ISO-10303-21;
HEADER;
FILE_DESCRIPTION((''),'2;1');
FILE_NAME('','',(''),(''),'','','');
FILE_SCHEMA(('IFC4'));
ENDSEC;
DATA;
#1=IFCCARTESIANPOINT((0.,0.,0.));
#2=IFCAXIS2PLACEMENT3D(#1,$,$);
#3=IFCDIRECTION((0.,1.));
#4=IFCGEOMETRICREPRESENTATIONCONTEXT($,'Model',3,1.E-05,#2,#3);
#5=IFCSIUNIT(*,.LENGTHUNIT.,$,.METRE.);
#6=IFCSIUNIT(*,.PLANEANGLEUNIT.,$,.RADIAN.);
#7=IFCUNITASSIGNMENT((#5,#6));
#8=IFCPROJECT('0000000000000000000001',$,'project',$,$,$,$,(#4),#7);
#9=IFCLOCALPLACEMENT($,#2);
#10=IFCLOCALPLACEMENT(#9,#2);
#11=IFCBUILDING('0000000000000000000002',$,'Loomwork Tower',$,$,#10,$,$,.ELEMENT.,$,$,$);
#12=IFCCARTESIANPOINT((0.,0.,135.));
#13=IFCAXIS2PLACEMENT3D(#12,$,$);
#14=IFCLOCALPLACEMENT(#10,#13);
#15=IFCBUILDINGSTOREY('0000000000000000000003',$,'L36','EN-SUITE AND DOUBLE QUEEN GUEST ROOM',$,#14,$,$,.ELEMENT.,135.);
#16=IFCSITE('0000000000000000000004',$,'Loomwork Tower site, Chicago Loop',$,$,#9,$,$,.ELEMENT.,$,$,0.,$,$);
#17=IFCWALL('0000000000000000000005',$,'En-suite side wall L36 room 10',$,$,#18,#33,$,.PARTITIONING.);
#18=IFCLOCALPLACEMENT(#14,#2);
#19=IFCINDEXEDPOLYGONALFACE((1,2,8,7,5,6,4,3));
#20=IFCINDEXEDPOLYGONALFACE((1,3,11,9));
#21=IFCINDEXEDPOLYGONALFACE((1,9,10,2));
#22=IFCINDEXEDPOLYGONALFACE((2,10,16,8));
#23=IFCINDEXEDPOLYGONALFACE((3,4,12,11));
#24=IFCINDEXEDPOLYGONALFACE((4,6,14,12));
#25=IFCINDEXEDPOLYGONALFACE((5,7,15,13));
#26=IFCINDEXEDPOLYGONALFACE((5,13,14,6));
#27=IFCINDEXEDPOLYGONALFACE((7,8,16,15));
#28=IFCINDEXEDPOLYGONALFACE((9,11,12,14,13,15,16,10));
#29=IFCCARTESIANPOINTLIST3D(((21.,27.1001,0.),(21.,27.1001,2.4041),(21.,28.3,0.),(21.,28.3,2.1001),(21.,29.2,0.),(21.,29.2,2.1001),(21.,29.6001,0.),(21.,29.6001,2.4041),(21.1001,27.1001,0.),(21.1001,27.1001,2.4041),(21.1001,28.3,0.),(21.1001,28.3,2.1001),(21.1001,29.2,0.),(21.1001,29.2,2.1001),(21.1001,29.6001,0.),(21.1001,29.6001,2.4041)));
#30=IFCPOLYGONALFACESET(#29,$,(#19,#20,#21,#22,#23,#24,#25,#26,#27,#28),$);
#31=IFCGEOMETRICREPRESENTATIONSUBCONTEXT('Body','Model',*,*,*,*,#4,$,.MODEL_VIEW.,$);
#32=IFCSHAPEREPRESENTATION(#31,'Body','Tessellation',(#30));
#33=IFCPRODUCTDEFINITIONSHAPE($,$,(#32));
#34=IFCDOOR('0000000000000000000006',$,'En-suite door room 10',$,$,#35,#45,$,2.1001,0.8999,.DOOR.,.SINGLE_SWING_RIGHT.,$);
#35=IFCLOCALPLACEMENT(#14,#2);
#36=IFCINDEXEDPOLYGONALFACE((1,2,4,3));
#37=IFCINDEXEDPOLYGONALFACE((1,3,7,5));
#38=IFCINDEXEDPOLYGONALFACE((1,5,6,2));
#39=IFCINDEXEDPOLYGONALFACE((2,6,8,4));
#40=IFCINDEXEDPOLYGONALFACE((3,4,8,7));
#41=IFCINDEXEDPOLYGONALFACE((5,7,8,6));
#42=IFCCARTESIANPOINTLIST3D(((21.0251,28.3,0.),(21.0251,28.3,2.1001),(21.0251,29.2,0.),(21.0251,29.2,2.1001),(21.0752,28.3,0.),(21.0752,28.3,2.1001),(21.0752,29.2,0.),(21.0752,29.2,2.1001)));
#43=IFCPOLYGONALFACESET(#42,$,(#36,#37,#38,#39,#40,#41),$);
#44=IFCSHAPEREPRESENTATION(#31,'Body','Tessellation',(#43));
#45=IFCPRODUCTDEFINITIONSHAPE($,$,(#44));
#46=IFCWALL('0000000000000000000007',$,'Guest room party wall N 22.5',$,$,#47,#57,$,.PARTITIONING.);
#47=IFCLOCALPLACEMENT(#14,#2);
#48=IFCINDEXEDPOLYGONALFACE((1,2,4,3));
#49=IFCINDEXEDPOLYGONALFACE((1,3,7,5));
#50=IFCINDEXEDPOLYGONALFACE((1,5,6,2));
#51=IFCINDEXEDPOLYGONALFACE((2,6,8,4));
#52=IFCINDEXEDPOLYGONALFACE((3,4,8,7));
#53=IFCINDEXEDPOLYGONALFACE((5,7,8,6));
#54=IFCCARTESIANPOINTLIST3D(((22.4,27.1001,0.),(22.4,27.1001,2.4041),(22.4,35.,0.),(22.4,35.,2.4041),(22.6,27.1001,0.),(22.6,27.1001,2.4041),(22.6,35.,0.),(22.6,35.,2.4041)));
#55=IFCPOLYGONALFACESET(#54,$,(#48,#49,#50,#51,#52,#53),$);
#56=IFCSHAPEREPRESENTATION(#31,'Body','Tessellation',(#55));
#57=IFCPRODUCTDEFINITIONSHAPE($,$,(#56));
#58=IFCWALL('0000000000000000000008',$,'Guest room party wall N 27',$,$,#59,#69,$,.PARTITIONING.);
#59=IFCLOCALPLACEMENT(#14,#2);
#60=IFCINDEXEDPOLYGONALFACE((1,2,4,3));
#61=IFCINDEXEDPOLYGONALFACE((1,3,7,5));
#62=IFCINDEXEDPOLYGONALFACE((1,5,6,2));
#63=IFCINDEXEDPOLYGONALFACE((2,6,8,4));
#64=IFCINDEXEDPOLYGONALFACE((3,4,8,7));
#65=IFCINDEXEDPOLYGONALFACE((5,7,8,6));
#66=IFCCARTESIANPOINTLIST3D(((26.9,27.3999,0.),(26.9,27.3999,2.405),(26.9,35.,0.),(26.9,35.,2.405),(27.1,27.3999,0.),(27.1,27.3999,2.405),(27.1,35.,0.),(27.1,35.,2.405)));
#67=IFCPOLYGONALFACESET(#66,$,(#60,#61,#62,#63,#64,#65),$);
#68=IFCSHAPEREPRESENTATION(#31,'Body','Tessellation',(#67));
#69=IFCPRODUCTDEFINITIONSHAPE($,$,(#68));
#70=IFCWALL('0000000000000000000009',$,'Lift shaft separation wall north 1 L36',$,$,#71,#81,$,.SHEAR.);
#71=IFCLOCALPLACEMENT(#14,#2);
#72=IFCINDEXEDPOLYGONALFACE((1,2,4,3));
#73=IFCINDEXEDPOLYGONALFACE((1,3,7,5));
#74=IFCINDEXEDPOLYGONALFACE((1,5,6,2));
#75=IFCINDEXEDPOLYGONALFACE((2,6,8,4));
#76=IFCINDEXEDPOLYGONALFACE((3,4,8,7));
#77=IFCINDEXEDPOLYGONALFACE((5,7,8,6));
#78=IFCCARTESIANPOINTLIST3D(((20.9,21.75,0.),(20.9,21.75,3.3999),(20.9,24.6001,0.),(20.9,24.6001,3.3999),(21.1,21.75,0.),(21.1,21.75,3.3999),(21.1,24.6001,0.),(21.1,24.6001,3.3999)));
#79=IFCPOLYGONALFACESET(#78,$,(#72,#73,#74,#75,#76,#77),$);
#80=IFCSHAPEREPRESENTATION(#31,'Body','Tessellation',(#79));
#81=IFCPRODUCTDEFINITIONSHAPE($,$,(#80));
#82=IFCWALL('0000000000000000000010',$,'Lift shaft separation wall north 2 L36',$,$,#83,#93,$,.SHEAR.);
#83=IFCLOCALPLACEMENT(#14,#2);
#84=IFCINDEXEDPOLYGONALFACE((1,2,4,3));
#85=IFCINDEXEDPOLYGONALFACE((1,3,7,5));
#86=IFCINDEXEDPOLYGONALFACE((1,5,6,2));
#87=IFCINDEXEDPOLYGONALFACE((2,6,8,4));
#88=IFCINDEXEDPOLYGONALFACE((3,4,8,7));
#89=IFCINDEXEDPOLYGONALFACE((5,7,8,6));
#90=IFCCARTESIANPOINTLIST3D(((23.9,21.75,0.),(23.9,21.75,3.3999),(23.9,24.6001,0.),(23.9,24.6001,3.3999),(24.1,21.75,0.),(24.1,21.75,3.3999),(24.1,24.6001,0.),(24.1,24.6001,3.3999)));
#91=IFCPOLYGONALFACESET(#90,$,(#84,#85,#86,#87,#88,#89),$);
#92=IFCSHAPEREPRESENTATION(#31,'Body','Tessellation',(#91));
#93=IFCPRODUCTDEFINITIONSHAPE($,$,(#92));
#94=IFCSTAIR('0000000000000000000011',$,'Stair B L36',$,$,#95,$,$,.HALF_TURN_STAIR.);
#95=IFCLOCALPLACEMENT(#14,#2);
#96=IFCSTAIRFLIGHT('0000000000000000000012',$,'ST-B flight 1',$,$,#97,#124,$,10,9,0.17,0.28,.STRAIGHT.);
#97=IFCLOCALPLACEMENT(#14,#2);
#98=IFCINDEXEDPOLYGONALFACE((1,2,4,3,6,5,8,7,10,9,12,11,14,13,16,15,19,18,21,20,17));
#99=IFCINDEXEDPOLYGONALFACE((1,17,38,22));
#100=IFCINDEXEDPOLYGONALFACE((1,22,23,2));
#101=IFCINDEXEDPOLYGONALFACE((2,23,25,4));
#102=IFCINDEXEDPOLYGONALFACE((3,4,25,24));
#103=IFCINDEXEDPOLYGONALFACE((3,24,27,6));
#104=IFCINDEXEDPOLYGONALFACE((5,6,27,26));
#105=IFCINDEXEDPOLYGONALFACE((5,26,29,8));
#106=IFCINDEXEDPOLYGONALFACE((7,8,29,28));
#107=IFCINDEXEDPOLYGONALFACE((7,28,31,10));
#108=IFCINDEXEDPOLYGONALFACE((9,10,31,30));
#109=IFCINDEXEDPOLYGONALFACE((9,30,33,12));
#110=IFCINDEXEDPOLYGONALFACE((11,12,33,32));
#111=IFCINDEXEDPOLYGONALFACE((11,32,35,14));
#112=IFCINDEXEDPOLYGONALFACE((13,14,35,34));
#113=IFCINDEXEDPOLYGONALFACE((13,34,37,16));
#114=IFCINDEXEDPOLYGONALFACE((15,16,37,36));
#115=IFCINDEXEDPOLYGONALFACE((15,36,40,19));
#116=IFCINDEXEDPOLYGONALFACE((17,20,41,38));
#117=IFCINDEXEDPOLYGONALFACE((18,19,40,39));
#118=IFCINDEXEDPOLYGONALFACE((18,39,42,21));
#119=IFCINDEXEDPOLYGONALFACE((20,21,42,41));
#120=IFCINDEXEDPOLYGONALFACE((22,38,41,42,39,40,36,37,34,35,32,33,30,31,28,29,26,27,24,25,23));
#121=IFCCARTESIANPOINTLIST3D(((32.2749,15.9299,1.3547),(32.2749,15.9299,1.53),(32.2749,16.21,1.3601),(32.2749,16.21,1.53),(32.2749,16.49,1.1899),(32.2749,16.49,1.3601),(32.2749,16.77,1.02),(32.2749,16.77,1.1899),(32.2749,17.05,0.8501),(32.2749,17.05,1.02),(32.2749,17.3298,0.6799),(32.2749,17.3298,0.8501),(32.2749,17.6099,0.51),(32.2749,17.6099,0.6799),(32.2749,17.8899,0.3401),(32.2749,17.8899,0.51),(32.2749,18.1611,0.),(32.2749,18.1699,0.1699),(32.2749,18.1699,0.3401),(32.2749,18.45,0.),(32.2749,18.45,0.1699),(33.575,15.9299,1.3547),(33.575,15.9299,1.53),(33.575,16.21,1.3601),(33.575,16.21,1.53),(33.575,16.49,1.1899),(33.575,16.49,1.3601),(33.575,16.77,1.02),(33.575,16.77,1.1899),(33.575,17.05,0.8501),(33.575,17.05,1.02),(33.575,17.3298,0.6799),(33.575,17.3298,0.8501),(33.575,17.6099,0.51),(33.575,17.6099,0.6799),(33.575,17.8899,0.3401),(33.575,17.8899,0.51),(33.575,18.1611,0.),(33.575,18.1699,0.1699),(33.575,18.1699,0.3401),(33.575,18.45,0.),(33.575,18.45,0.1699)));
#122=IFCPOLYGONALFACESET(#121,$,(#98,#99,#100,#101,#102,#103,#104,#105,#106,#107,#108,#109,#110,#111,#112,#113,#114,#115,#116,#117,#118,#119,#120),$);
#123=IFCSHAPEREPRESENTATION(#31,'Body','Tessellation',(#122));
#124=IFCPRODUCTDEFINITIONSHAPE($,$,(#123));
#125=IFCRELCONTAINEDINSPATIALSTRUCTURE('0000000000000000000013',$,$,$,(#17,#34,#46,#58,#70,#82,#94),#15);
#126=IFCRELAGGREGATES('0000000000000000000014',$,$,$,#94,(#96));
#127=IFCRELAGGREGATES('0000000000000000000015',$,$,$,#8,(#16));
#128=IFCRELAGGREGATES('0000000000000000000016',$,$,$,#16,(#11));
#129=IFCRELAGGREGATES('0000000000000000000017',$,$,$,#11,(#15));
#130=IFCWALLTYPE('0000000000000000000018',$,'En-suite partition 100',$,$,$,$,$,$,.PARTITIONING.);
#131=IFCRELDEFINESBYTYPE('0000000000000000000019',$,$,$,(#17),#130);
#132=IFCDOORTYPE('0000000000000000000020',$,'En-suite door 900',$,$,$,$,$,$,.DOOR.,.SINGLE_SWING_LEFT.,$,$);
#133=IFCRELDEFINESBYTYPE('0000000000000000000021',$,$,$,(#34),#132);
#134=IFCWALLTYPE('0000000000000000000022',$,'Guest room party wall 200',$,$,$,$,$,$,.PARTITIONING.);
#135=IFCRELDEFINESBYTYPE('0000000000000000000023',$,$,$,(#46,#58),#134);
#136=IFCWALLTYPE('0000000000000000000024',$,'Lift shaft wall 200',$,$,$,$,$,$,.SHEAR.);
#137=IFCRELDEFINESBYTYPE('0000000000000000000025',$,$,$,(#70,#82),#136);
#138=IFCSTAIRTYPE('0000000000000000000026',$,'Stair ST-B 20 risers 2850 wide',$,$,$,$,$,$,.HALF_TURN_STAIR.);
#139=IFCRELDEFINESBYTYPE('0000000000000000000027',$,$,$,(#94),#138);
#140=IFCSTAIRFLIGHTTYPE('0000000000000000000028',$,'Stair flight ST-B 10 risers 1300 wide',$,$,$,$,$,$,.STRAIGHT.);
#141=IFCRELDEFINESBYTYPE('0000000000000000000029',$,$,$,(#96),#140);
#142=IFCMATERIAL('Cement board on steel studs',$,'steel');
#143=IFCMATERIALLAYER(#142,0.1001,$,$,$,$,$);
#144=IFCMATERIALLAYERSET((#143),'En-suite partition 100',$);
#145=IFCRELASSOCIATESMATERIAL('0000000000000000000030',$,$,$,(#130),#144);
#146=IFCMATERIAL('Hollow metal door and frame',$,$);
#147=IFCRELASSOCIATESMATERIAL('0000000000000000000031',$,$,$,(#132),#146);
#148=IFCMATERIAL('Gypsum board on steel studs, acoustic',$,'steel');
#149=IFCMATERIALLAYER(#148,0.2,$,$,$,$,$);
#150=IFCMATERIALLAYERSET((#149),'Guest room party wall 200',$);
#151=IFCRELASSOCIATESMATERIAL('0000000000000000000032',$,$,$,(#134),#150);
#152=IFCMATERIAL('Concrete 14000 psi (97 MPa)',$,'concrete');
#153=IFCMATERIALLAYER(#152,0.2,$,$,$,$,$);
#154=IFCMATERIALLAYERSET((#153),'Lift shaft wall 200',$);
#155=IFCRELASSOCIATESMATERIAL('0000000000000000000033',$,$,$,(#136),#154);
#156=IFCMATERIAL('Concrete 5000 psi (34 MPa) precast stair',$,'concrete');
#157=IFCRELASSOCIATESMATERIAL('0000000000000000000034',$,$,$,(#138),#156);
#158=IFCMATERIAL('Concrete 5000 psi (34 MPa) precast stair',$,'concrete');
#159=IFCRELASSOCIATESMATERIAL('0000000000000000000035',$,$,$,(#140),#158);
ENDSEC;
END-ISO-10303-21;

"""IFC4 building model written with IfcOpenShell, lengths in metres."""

from ifc_helpers import new_model, si_unit, direction, frame, frame_2d, origin, place, context, subcontext, project, spatial, polyline, rectangle, outline, extrude, material, layer, layer_set, type_object, element, fill, aggregate, save


model = new_model("IFC4")

# Units and contexts
model_context = context("Model", 3, precision=1e-05, world=origin(), true_north=direction((0.0, 1.0)))
body_context = subcontext(model_context, "Body", "Model", "MODEL_VIEW")
ifc_project = project(units=[si_unit("LENGTHUNIT", "METRE"), si_unit("PLANEANGLEUNIT", "RADIAN")], contexts=[model_context])

# Site, building, storey
site_placement = place(None, origin())
site = spatial("IfcSite", under=ifc_project, at=site_placement, Name="Loomwork Tower site, Chicago Loop", CompositionType="ELEMENT", RefElevation=0.0)
building_placement = place(site_placement, origin())
building = spatial("IfcBuilding", under=site, at=building_placement, Name="Loomwork Tower", CompositionType="ELEMENT")
storey_placement = place(building_placement, frame((0.0, 0.0, 135.0)))
storey = spatial("IfcBuildingStorey", under=building, at=storey_placement, Name="L36", Description="EN-SUITE AND DOUBLE QUEEN GUEST ROOM", CompositionType="ELEMENT", Elevation=135.0)

# Wall, opening, door
ifc_material_1 = material(Name="Cement board on steel studs", Category="steel")
ifc_layer_1 = layer(ifc_material_1, 0.1001)
ifc_layer_set_1 = layer_set([ifc_layer_1], Name="En-suite partition 100")
wall_type_1 = type_object("IfcWallType", Name="En-suite partition 100", PredefinedType="PARTITIONING", material=ifc_layer_set_1)
wall_1_placement = place(storey_placement, frame((21.05, 27.1001, 0.0), z_axis=(0.0, 0.0, 1.0), x_axis=(0.0, 1.0, 0.0)))
wall_1 = element("IfcWall", 1, at=wall_1_placement, inside=storey, type_object=wall_type_1, Name="En-suite side wall L36 room 10", PredefinedType="PARTITIONING", context=body_context, shape_type="SweptSolid", body=[
    extrude(rectangle(XDim=2.5, YDim=0.1001, at=frame_2d((1.25, 0.0))), origin(), (0.0, 0.0, 1.0), 2.4041),
])
opening_1_placement = place(wall_1_placement, frame((1.2, 0.0, 0.0)))
opening_1 = element("IfcOpeningElement", 2, at=opening_1_placement, cuts=wall_1, PredefinedType="OPENING", context=body_context, shape_type="SweptSolid", body=[
    extrude(rectangle(XDim=0.8999, YDim=2.1001, at=frame_2d((0.45, 1.05))), frame((0.0, 0.0601, 0.0), z_axis=(0.0, -1.0, 0.0), x_axis=(1.0, 0.0, 0.0)), (0.0, 0.0, 1.0), 0.1201),
])
ifc_material_2 = material(Name="Hollow metal door and frame")
door_type_1 = type_object("IfcDoorType", Name="En-suite door 900", OperationType="SINGLE_SWING_LEFT", PredefinedType="DOOR", material=ifc_material_2)
door_1_placement = place(opening_1_placement, origin())
door_1 = element("IfcDoor", 3, at=door_1_placement, inside=storey, type_object=door_type_1, Name="En-suite door room 10", OperationType="SINGLE_SWING_RIGHT", OverallHeight=2.1001, OverallWidth=0.8999, PredefinedType="DOOR", context=body_context, shape_type="SweptSolid", body=[
    extrude(rectangle(XDim=0.8999, YDim=2.1001, at=frame_2d((0.45, 1.05))), frame((0.0, 0.0249, 0.0), z_axis=(0.0, -1.0, 0.0), x_axis=(1.0, 0.0, 0.0)), (0.0, 0.0, 1.0), 0.05),
])
fill(opening_1, door_1)

# Walls
ifc_material_3 = material(Name="Gypsum board on steel studs, acoustic", Category="steel")
ifc_layer_2 = layer(ifc_material_3, 0.2)
ifc_layer_set_2 = layer_set([ifc_layer_2], Name="Guest room party wall 200")
wall_type_2 = type_object("IfcWallType", Name="Guest room party wall 200", PredefinedType="PARTITIONING", material=ifc_layer_set_2)
wall_2_placement = place(storey_placement, frame((22.5, 27.1001, 0.0), z_axis=(0.0, 0.0, 1.0), x_axis=(0.0, 1.0, 0.0)))
element("IfcWall", 4, at=wall_2_placement, inside=storey, type_object=wall_type_2, Name="Guest room party wall N 22.5", PredefinedType="PARTITIONING", context=body_context, shape_type="SweptSolid", body=[
    extrude(rectangle(XDim=7.8999, YDim=0.2, at=frame_2d((3.95, 0.0))), origin(), (0.0, 0.0, 1.0), 2.4041),
])
wall_3_placement = place(storey_placement, frame((27.0, 27.3999, 0.0), z_axis=(0.0, 0.0, 1.0), x_axis=(0.0, 1.0, 0.0)))
element("IfcWall", 5, at=wall_3_placement, inside=storey, type_object=wall_type_2, Name="Guest room party wall N 27", PredefinedType="PARTITIONING", context=body_context, shape_type="SweptSolid", body=[
    extrude(rectangle(XDim=7.6001, YDim=0.2, at=frame_2d((3.8, 0.0))), origin(), (0.0, 0.0, 1.0), 2.405),
])
ifc_material_4 = material(Name="Concrete 14000 psi (97 MPa)", Category="concrete")
ifc_layer_3 = layer(ifc_material_4, 0.2)
ifc_layer_set_3 = layer_set([ifc_layer_3], Name="Lift shaft wall 200")
wall_type_3 = type_object("IfcWallType", Name="Lift shaft wall 200", PredefinedType="SHEAR", material=ifc_layer_set_3)
for number, where, z_axis, x_axis, name in (
    (6, (21.0, 21.75, 0.0), (0.0, 0.0, 1.0), (0.0, 1.0, 0.0), "Lift shaft separation wall north 1 L36"),
    (7, (24.0, 21.75, 0.0), (0.0, 0.0, 1.0), (0.0, 1.0, 0.0), "Lift shaft separation wall north 2 L36"),
):
    element("IfcWall", number, at=place(storey_placement, frame(where, z_axis=z_axis, x_axis=x_axis)), inside=storey, type_object=wall_type_3, Name=name, PredefinedType="SHEAR", context=body_context, shape_type="SweptSolid", body=[
        extrude(rectangle(XDim=2.8501, YDim=0.2, at=frame_2d((1.425, 0.0))), origin(), (0.0, 0.0, 1.0), 3.3999),
    ])

# Stair, stair flight
ifc_material_5 = material(Name="Concrete 5000 psi (34 MPa) precast stair", Category="concrete")
stair_type = type_object("IfcStairType", Name="Stair ST-B 20 risers 2850 wide", PredefinedType="HALF_TURN_STAIR", material=ifc_material_5)
stair_placement = place(storey_placement, origin())
stair = element("IfcStair", 8, at=stair_placement, inside=storey, type_object=stair_type, Name="Stair B L36", PredefinedType="HALF_TURN_STAIR")
ifc_material_6 = material(Name="Concrete 5000 psi (34 MPa) precast stair", Category="concrete")
stair_flight_type = type_object("IfcStairFlightType", Name="Stair flight ST-B 10 risers 1300 wide", PredefinedType="STRAIGHT", material=ifc_material_6)
stair_flight_placement = place(storey_placement, frame((32.925, 18.45, 0.0), z_axis=(0.0, 0.0, 1.0), x_axis=(0.0, -1.0, 0.0)))
stair_flight = element("IfcStairFlight", 9, at=stair_flight_placement, type_object=stair_flight_type, Name="ST-B flight 1", NumberOfRisers=10, NumberOfTreads=9, PredefinedType="STRAIGHT", RiserHeight=0.17, TreadLength=0.28, context=body_context, shape_type="SweptSolid", body=[
    extrude(outline(polyline([(0.0, 0.0), (0.0, 0.1699), (0.28, 0.1699), (0.28, 0.3401), (0.5601, 0.3401), (0.5601, 0.51), (0.8401, 0.51), (0.8401, 0.6799), (1.1201, 0.6799), (1.1201, 0.8501), (1.3999, 0.8501), (1.3999, 1.02), (1.6799, 1.02), (1.6799, 1.1899), (1.96, 1.1899), (1.96, 1.3601), (2.24, 1.3601), (2.24, 1.53), (2.52, 1.53), (2.52, 1.7), (2.52, 1.3547), (0.2888, 0.0), (0.0, 0.0)])), frame((0.0, 0.6499, 0.0), z_axis=(0.0, -1.0, 0.0), x_axis=(1.0, 0.0, 0.0)), (0.0, 0.0, 1.0), 1.3),
])
aggregate(stair, [stair_flight])

save(model, "model.ifc")
